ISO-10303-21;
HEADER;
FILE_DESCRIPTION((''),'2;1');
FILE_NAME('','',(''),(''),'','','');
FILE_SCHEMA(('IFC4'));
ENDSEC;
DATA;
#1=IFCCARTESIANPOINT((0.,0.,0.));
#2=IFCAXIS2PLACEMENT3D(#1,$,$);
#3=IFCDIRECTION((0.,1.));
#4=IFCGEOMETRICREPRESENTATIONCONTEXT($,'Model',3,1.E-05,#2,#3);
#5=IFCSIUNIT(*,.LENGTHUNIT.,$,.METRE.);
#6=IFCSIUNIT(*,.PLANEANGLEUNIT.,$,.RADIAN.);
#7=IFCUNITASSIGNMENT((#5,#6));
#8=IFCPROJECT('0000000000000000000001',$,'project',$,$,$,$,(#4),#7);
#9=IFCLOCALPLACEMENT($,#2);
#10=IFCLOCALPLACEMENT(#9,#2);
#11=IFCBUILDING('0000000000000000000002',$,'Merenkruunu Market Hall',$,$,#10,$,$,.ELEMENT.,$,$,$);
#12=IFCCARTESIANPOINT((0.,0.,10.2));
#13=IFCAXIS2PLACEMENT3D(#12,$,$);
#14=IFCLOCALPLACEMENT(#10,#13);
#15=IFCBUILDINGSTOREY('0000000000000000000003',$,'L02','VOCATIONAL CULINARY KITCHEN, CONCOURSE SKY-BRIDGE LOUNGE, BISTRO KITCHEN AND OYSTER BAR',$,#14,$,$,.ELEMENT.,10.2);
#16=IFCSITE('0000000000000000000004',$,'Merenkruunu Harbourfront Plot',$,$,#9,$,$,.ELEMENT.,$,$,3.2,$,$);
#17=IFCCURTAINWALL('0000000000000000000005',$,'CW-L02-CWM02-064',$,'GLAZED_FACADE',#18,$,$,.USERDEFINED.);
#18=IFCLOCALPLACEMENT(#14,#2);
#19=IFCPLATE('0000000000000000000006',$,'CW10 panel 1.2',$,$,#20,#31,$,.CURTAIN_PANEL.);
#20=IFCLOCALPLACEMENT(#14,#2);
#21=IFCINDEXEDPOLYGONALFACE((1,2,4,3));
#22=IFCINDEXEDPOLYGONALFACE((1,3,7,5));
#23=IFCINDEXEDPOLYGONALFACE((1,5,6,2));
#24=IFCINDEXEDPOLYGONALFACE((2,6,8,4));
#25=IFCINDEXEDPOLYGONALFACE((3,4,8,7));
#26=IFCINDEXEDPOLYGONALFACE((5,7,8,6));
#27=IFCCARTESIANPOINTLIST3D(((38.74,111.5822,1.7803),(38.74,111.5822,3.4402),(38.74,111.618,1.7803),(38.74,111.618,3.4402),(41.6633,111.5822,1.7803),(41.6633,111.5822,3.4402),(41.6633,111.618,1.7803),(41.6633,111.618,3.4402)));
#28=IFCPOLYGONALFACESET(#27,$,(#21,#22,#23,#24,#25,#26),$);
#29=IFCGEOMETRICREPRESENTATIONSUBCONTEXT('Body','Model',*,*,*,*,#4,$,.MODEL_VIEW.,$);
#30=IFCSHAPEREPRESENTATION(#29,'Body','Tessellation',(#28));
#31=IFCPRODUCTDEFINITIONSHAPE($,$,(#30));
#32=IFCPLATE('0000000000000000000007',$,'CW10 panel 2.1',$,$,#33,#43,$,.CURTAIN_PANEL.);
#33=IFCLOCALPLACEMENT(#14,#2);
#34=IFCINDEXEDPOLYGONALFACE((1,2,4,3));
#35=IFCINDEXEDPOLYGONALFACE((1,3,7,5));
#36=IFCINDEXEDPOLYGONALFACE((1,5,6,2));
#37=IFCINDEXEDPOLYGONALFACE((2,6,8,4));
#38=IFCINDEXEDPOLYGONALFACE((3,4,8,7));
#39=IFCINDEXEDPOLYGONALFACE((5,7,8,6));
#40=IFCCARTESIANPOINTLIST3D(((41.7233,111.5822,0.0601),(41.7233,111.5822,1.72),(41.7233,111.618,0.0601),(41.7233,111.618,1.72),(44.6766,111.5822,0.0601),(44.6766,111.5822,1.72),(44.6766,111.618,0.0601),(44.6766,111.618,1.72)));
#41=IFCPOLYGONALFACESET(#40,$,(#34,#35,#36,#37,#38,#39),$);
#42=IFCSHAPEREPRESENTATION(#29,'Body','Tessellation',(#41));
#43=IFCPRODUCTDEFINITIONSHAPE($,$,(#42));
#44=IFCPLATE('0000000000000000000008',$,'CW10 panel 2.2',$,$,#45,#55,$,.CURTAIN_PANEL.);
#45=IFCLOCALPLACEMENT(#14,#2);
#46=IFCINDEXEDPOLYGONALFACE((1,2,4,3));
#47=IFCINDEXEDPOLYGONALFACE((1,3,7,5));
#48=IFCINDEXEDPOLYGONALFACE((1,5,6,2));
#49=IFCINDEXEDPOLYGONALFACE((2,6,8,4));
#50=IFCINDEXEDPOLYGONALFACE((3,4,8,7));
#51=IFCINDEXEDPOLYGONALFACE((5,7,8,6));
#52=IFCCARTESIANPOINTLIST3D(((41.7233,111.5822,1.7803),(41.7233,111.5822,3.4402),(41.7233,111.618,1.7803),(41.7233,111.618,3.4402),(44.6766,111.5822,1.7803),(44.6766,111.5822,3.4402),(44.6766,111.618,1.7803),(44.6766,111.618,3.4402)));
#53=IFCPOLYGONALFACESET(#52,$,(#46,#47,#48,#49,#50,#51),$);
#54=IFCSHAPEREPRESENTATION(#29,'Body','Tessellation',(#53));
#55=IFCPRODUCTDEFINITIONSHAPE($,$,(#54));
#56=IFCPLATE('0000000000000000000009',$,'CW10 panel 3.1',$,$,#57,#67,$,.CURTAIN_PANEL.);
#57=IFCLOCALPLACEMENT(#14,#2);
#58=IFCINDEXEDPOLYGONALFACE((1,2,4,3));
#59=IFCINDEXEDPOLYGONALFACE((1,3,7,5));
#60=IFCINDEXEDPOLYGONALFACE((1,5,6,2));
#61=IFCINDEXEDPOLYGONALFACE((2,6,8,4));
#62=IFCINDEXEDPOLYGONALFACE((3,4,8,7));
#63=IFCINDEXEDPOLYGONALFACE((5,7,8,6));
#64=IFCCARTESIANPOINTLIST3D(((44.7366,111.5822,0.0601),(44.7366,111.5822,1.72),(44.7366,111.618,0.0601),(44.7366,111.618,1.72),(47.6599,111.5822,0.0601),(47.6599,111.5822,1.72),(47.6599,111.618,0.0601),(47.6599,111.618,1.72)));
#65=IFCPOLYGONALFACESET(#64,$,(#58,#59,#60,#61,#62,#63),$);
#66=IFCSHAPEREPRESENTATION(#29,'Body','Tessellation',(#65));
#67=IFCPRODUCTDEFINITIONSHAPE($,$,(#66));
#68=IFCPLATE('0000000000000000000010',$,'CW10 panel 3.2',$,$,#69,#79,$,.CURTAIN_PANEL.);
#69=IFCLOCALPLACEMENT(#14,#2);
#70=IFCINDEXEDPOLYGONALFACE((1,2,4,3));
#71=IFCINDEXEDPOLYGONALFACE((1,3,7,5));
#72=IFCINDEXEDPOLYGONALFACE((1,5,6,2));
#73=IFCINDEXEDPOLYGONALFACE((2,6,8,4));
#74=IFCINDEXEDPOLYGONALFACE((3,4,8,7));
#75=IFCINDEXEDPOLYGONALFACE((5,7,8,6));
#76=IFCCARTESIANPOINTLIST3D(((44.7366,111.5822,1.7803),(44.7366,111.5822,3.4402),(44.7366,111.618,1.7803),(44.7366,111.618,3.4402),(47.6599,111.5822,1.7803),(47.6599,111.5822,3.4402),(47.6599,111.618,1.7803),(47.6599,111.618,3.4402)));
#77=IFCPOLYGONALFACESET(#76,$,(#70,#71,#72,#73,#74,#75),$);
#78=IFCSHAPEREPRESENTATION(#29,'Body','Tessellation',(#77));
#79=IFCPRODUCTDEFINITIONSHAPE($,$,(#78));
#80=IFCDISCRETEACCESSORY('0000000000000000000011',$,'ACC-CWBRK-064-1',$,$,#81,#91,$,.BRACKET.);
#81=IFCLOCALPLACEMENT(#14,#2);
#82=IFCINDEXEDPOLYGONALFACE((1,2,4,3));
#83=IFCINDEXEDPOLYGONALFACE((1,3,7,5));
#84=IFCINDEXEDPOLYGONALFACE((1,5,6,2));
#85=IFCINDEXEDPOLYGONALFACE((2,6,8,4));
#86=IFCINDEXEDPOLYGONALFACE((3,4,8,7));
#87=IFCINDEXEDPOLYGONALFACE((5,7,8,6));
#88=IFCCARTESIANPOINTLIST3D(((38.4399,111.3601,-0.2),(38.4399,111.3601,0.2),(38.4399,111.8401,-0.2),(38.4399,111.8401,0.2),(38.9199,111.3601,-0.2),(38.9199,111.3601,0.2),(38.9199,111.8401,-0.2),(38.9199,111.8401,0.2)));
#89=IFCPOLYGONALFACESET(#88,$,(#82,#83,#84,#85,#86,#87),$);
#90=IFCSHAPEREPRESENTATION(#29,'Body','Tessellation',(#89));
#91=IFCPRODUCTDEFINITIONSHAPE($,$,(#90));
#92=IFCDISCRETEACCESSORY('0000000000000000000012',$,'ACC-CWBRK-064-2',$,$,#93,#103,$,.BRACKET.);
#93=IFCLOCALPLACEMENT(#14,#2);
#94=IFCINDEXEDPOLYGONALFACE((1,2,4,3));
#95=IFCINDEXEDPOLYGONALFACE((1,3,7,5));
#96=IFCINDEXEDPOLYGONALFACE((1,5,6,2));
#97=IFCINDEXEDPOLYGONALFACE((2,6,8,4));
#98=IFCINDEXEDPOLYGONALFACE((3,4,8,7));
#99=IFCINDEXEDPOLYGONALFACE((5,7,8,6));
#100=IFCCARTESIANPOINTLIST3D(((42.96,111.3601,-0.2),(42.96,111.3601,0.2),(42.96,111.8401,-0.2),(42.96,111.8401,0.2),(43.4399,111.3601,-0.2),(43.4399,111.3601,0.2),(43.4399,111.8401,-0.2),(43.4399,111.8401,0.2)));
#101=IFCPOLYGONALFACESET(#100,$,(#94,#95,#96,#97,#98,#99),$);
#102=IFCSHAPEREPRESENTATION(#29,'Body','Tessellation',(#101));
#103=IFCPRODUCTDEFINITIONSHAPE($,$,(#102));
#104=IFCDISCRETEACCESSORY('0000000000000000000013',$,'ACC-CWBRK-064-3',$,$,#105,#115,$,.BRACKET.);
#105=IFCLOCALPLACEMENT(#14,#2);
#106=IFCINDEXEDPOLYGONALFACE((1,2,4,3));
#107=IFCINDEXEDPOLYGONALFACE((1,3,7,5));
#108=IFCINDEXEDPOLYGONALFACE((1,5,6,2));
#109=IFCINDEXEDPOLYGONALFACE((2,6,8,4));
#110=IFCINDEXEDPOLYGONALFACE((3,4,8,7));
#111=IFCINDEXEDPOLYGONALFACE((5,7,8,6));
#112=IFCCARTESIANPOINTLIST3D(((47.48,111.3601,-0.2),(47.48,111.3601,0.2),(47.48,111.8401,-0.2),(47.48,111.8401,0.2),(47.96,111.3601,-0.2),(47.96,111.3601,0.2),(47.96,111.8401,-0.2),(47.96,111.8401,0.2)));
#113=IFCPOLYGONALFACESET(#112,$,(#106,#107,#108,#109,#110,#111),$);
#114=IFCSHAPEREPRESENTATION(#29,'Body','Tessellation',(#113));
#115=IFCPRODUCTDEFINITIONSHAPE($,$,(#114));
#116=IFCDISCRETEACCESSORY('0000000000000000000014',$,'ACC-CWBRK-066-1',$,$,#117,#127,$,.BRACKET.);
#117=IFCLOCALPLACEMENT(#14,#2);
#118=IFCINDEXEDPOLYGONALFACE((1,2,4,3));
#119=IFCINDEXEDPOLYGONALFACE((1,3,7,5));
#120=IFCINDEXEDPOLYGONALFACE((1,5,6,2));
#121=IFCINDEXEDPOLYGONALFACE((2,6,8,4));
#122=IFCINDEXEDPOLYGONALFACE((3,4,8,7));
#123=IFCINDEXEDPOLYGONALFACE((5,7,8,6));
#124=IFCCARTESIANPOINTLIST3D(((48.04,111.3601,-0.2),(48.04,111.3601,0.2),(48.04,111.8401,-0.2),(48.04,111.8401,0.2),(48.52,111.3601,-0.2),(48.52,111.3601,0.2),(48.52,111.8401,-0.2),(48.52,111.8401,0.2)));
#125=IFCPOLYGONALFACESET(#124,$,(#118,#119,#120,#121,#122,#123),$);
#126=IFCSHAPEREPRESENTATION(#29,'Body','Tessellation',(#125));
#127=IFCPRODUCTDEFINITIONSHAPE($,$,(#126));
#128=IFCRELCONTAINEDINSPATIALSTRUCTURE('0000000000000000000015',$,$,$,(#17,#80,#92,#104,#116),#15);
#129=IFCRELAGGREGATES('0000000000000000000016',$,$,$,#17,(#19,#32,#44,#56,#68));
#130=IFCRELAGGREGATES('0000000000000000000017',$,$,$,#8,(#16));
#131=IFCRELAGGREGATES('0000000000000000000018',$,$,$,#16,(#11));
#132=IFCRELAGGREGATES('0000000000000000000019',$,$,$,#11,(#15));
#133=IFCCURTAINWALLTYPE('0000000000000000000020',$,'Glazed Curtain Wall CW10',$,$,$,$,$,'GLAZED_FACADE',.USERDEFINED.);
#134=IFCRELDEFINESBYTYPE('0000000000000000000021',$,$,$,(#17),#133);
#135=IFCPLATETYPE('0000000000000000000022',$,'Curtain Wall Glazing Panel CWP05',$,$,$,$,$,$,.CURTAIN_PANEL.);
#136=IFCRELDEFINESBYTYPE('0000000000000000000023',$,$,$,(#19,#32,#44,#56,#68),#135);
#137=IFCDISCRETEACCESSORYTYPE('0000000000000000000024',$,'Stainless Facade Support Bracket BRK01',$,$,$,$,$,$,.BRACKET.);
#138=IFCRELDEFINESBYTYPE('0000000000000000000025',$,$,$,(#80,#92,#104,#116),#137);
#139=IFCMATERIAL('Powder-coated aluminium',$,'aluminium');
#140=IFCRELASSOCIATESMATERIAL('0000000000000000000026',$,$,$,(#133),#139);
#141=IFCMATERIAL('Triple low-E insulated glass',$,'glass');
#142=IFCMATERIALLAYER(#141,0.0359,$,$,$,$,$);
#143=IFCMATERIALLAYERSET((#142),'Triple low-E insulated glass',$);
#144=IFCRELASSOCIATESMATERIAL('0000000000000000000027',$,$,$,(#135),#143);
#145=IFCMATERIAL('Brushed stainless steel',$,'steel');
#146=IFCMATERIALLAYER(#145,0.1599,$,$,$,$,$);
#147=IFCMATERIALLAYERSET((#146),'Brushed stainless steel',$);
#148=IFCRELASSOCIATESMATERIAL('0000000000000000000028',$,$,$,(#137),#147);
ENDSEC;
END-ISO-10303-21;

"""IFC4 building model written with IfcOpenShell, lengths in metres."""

from ifc_helpers import new_model, si_unit, direction, frame, origin, origin_2d, place, context, subcontext, project, spatial, rectangle, extrude, material, layer, layer_set, type_object, element, aggregate, save


model = new_model("IFC4")

# Units and contexts
model_context = context("Model", 3, precision=1e-05, world=origin(), true_north=direction((0.0, 1.0)))
body_context = subcontext(model_context, "Body", "Model", "MODEL_VIEW")
ifc_project = project(units=[si_unit("LENGTHUNIT", "METRE"), si_unit("PLANEANGLEUNIT", "RADIAN")], contexts=[model_context])

# Site, building, storey
site_placement = place(None, origin())
site = spatial("IfcSite", under=ifc_project, at=site_placement, Name="Merenkruunu Harbourfront Plot", CompositionType="ELEMENT", RefElevation=3.2)
building_placement = place(site_placement, origin())
building = spatial("IfcBuilding", under=site, at=building_placement, Name="Merenkruunu Market Hall", CompositionType="ELEMENT")
storey_placement = place(building_placement, frame((0.0, 0.0, 10.2)))
storey = spatial("IfcBuildingStorey", under=building, at=storey_placement, Name="L02", Description="VOCATIONAL CULINARY KITCHEN, CONCOURSE SKY-BRIDGE LOUNGE, BISTRO KITCHEN AND OYSTER BAR", CompositionType="ELEMENT", Elevation=10.2)

# Curtain wall
ifc_material_1 = material(Name="Powder-coated aluminium", Category="aluminium")
curtain_wall_type = type_object("IfcCurtainWallType", Name="Glazed Curtain Wall CW10", ElementType="GLAZED_FACADE", PredefinedType="USERDEFINED", material=ifc_material_1)
curtain_wall_1_placement = place(storey_placement, origin())
curtain_wall_1 = element("IfcCurtainWall", 1, at=curtain_wall_1_placement, inside=storey, type_object=curtain_wall_type, Name="CW-L02-CWM02-064", ObjectType="GLAZED_FACADE", PredefinedType="USERDEFINED")

# Plates
ifc_material_2 = material(Name="Triple low-E insulated glass", Category="glass")
ifc_layer_1 = layer(ifc_material_2, 0.0359)
ifc_layer_set_1 = layer_set([ifc_layer_1], Name="Triple low-E insulated glass")
plate_type = type_object("IfcPlateType", Name="Curtain Wall Glazing Panel CWP05", PredefinedType="CURTAIN_PANEL", material=ifc_layer_set_1)
plate_1_placement = place(storey_placement, frame((40.2017, 111.6001, 1.7803), z_axis=(0.0, 0.0, 1.0), x_axis=(1.0, 0.0, 0.0)))
plate_1 = element("IfcPlate", 2, at=plate_1_placement, type_object=plate_type, Name="CW10 panel 1.2", PredefinedType="CURTAIN_PANEL", context=body_context, shape_type="SweptSolid", body=[
    extrude(rectangle(XDim=2.9233, YDim=0.0359, at=origin_2d()), origin(), (0.0, 0.0, 1.0), 1.6599),
])
plate_2_placement = place(storey_placement, frame((43.2, 111.6001, 0.0601), z_axis=(0.0, 0.0, 1.0), x_axis=(1.0, 0.0, 0.0)))
plate_2 = element("IfcPlate", 3, at=plate_2_placement, type_object=plate_type, Name="CW10 panel 2.1", PredefinedType="CURTAIN_PANEL", context=body_context, shape_type="SweptSolid", body=[
    extrude(rectangle(XDim=2.9534, YDim=0.0359, at=origin_2d()), origin(), (0.0, 0.0, 1.0), 1.6599),
])
plate_3_placement = place(storey_placement, frame((43.2, 111.6001, 1.7803), z_axis=(0.0, 0.0, 1.0), x_axis=(1.0, 0.0, 0.0)))
plate_3 = element("IfcPlate", 4, at=plate_3_placement, type_object=plate_type, Name="CW10 panel 2.2", PredefinedType="CURTAIN_PANEL", context=body_context, shape_type="SweptSolid", body=[
    extrude(rectangle(XDim=2.9534, YDim=0.0359, at=origin_2d()), origin(), (0.0, 0.0, 1.0), 1.6599),
])
plate_4_placement = place(storey_placement, frame((46.1982, 111.6001, 0.0601), z_axis=(0.0, 0.0, 1.0), x_axis=(1.0, 0.0, 0.0)))
plate_4 = element("IfcPlate", 5, at=plate_4_placement, type_object=plate_type, Name="CW10 panel 3.1", PredefinedType="CURTAIN_PANEL", context=body_context, shape_type="SweptSolid", body=[
    extrude(rectangle(XDim=2.9233, YDim=0.0359, at=origin_2d()), origin(), (0.0, 0.0, 1.0), 1.6599),
])
plate_5_placement = place(storey_placement, frame((46.1982, 111.6001, 1.7803), z_axis=(0.0, 0.0, 1.0), x_axis=(1.0, 0.0, 0.0)))
plate_5 = element("IfcPlate", 6, at=plate_5_placement, type_object=plate_type, Name="CW10 panel 3.2", PredefinedType="CURTAIN_PANEL", context=body_context, shape_type="SweptSolid", body=[
    extrude(rectangle(XDim=2.9233, YDim=0.0359, at=origin_2d()), origin(), (0.0, 0.0, 1.0), 1.6599),
])
aggregate(curtain_wall_1, [plate_1, plate_2, plate_3, plate_4, plate_5])

# Discrete accessories
ifc_material_3 = material(Name="Brushed stainless steel", Category="steel")
ifc_layer_2 = layer(ifc_material_3, 0.1599)
ifc_layer_set_2 = layer_set([ifc_layer_2], Name="Brushed stainless steel")
discrete_accessory_type = type_object("IfcDiscreteAccessoryType", Name="Stainless Facade Support Bracket BRK01", PredefinedType="BRACKET", material=ifc_layer_set_2)
for number, where, z_axis, x_axis, name in (
    (7, (38.6799, 111.6001, -0.2), (0.0, 0.0, 1.0), (1.0, 0.0, 0.0), "ACC-CWBRK-064-1"),
    (8, (43.2, 111.6001, -0.2), (0.0, 0.0, 1.0), (1.0, 0.0, 0.0), "ACC-CWBRK-064-2"),
    (9, (47.72, 111.6001, -0.2), (0.0, 0.0, 1.0), (1.0, 0.0, 0.0), "ACC-CWBRK-064-3"),
    (10, (48.28, 111.6001, -0.2), (0.0, 0.0, 1.0), (1.0, 0.0, 0.0), "ACC-CWBRK-066-1"),
):
    element("IfcDiscreteAccessory", number, at=place(storey_placement, frame(where, z_axis=z_axis, x_axis=x_axis)), inside=storey, type_object=discrete_accessory_type, Name=name, PredefinedType="BRACKET", context=body_context, shape_type="SweptSolid", body=[
        extrude(rectangle(XDim=0.48, YDim=0.48, at=origin_2d()), origin(), (0.0, 0.0, 1.0), 0.3999),
    ])

save(model, "model.ifc")
